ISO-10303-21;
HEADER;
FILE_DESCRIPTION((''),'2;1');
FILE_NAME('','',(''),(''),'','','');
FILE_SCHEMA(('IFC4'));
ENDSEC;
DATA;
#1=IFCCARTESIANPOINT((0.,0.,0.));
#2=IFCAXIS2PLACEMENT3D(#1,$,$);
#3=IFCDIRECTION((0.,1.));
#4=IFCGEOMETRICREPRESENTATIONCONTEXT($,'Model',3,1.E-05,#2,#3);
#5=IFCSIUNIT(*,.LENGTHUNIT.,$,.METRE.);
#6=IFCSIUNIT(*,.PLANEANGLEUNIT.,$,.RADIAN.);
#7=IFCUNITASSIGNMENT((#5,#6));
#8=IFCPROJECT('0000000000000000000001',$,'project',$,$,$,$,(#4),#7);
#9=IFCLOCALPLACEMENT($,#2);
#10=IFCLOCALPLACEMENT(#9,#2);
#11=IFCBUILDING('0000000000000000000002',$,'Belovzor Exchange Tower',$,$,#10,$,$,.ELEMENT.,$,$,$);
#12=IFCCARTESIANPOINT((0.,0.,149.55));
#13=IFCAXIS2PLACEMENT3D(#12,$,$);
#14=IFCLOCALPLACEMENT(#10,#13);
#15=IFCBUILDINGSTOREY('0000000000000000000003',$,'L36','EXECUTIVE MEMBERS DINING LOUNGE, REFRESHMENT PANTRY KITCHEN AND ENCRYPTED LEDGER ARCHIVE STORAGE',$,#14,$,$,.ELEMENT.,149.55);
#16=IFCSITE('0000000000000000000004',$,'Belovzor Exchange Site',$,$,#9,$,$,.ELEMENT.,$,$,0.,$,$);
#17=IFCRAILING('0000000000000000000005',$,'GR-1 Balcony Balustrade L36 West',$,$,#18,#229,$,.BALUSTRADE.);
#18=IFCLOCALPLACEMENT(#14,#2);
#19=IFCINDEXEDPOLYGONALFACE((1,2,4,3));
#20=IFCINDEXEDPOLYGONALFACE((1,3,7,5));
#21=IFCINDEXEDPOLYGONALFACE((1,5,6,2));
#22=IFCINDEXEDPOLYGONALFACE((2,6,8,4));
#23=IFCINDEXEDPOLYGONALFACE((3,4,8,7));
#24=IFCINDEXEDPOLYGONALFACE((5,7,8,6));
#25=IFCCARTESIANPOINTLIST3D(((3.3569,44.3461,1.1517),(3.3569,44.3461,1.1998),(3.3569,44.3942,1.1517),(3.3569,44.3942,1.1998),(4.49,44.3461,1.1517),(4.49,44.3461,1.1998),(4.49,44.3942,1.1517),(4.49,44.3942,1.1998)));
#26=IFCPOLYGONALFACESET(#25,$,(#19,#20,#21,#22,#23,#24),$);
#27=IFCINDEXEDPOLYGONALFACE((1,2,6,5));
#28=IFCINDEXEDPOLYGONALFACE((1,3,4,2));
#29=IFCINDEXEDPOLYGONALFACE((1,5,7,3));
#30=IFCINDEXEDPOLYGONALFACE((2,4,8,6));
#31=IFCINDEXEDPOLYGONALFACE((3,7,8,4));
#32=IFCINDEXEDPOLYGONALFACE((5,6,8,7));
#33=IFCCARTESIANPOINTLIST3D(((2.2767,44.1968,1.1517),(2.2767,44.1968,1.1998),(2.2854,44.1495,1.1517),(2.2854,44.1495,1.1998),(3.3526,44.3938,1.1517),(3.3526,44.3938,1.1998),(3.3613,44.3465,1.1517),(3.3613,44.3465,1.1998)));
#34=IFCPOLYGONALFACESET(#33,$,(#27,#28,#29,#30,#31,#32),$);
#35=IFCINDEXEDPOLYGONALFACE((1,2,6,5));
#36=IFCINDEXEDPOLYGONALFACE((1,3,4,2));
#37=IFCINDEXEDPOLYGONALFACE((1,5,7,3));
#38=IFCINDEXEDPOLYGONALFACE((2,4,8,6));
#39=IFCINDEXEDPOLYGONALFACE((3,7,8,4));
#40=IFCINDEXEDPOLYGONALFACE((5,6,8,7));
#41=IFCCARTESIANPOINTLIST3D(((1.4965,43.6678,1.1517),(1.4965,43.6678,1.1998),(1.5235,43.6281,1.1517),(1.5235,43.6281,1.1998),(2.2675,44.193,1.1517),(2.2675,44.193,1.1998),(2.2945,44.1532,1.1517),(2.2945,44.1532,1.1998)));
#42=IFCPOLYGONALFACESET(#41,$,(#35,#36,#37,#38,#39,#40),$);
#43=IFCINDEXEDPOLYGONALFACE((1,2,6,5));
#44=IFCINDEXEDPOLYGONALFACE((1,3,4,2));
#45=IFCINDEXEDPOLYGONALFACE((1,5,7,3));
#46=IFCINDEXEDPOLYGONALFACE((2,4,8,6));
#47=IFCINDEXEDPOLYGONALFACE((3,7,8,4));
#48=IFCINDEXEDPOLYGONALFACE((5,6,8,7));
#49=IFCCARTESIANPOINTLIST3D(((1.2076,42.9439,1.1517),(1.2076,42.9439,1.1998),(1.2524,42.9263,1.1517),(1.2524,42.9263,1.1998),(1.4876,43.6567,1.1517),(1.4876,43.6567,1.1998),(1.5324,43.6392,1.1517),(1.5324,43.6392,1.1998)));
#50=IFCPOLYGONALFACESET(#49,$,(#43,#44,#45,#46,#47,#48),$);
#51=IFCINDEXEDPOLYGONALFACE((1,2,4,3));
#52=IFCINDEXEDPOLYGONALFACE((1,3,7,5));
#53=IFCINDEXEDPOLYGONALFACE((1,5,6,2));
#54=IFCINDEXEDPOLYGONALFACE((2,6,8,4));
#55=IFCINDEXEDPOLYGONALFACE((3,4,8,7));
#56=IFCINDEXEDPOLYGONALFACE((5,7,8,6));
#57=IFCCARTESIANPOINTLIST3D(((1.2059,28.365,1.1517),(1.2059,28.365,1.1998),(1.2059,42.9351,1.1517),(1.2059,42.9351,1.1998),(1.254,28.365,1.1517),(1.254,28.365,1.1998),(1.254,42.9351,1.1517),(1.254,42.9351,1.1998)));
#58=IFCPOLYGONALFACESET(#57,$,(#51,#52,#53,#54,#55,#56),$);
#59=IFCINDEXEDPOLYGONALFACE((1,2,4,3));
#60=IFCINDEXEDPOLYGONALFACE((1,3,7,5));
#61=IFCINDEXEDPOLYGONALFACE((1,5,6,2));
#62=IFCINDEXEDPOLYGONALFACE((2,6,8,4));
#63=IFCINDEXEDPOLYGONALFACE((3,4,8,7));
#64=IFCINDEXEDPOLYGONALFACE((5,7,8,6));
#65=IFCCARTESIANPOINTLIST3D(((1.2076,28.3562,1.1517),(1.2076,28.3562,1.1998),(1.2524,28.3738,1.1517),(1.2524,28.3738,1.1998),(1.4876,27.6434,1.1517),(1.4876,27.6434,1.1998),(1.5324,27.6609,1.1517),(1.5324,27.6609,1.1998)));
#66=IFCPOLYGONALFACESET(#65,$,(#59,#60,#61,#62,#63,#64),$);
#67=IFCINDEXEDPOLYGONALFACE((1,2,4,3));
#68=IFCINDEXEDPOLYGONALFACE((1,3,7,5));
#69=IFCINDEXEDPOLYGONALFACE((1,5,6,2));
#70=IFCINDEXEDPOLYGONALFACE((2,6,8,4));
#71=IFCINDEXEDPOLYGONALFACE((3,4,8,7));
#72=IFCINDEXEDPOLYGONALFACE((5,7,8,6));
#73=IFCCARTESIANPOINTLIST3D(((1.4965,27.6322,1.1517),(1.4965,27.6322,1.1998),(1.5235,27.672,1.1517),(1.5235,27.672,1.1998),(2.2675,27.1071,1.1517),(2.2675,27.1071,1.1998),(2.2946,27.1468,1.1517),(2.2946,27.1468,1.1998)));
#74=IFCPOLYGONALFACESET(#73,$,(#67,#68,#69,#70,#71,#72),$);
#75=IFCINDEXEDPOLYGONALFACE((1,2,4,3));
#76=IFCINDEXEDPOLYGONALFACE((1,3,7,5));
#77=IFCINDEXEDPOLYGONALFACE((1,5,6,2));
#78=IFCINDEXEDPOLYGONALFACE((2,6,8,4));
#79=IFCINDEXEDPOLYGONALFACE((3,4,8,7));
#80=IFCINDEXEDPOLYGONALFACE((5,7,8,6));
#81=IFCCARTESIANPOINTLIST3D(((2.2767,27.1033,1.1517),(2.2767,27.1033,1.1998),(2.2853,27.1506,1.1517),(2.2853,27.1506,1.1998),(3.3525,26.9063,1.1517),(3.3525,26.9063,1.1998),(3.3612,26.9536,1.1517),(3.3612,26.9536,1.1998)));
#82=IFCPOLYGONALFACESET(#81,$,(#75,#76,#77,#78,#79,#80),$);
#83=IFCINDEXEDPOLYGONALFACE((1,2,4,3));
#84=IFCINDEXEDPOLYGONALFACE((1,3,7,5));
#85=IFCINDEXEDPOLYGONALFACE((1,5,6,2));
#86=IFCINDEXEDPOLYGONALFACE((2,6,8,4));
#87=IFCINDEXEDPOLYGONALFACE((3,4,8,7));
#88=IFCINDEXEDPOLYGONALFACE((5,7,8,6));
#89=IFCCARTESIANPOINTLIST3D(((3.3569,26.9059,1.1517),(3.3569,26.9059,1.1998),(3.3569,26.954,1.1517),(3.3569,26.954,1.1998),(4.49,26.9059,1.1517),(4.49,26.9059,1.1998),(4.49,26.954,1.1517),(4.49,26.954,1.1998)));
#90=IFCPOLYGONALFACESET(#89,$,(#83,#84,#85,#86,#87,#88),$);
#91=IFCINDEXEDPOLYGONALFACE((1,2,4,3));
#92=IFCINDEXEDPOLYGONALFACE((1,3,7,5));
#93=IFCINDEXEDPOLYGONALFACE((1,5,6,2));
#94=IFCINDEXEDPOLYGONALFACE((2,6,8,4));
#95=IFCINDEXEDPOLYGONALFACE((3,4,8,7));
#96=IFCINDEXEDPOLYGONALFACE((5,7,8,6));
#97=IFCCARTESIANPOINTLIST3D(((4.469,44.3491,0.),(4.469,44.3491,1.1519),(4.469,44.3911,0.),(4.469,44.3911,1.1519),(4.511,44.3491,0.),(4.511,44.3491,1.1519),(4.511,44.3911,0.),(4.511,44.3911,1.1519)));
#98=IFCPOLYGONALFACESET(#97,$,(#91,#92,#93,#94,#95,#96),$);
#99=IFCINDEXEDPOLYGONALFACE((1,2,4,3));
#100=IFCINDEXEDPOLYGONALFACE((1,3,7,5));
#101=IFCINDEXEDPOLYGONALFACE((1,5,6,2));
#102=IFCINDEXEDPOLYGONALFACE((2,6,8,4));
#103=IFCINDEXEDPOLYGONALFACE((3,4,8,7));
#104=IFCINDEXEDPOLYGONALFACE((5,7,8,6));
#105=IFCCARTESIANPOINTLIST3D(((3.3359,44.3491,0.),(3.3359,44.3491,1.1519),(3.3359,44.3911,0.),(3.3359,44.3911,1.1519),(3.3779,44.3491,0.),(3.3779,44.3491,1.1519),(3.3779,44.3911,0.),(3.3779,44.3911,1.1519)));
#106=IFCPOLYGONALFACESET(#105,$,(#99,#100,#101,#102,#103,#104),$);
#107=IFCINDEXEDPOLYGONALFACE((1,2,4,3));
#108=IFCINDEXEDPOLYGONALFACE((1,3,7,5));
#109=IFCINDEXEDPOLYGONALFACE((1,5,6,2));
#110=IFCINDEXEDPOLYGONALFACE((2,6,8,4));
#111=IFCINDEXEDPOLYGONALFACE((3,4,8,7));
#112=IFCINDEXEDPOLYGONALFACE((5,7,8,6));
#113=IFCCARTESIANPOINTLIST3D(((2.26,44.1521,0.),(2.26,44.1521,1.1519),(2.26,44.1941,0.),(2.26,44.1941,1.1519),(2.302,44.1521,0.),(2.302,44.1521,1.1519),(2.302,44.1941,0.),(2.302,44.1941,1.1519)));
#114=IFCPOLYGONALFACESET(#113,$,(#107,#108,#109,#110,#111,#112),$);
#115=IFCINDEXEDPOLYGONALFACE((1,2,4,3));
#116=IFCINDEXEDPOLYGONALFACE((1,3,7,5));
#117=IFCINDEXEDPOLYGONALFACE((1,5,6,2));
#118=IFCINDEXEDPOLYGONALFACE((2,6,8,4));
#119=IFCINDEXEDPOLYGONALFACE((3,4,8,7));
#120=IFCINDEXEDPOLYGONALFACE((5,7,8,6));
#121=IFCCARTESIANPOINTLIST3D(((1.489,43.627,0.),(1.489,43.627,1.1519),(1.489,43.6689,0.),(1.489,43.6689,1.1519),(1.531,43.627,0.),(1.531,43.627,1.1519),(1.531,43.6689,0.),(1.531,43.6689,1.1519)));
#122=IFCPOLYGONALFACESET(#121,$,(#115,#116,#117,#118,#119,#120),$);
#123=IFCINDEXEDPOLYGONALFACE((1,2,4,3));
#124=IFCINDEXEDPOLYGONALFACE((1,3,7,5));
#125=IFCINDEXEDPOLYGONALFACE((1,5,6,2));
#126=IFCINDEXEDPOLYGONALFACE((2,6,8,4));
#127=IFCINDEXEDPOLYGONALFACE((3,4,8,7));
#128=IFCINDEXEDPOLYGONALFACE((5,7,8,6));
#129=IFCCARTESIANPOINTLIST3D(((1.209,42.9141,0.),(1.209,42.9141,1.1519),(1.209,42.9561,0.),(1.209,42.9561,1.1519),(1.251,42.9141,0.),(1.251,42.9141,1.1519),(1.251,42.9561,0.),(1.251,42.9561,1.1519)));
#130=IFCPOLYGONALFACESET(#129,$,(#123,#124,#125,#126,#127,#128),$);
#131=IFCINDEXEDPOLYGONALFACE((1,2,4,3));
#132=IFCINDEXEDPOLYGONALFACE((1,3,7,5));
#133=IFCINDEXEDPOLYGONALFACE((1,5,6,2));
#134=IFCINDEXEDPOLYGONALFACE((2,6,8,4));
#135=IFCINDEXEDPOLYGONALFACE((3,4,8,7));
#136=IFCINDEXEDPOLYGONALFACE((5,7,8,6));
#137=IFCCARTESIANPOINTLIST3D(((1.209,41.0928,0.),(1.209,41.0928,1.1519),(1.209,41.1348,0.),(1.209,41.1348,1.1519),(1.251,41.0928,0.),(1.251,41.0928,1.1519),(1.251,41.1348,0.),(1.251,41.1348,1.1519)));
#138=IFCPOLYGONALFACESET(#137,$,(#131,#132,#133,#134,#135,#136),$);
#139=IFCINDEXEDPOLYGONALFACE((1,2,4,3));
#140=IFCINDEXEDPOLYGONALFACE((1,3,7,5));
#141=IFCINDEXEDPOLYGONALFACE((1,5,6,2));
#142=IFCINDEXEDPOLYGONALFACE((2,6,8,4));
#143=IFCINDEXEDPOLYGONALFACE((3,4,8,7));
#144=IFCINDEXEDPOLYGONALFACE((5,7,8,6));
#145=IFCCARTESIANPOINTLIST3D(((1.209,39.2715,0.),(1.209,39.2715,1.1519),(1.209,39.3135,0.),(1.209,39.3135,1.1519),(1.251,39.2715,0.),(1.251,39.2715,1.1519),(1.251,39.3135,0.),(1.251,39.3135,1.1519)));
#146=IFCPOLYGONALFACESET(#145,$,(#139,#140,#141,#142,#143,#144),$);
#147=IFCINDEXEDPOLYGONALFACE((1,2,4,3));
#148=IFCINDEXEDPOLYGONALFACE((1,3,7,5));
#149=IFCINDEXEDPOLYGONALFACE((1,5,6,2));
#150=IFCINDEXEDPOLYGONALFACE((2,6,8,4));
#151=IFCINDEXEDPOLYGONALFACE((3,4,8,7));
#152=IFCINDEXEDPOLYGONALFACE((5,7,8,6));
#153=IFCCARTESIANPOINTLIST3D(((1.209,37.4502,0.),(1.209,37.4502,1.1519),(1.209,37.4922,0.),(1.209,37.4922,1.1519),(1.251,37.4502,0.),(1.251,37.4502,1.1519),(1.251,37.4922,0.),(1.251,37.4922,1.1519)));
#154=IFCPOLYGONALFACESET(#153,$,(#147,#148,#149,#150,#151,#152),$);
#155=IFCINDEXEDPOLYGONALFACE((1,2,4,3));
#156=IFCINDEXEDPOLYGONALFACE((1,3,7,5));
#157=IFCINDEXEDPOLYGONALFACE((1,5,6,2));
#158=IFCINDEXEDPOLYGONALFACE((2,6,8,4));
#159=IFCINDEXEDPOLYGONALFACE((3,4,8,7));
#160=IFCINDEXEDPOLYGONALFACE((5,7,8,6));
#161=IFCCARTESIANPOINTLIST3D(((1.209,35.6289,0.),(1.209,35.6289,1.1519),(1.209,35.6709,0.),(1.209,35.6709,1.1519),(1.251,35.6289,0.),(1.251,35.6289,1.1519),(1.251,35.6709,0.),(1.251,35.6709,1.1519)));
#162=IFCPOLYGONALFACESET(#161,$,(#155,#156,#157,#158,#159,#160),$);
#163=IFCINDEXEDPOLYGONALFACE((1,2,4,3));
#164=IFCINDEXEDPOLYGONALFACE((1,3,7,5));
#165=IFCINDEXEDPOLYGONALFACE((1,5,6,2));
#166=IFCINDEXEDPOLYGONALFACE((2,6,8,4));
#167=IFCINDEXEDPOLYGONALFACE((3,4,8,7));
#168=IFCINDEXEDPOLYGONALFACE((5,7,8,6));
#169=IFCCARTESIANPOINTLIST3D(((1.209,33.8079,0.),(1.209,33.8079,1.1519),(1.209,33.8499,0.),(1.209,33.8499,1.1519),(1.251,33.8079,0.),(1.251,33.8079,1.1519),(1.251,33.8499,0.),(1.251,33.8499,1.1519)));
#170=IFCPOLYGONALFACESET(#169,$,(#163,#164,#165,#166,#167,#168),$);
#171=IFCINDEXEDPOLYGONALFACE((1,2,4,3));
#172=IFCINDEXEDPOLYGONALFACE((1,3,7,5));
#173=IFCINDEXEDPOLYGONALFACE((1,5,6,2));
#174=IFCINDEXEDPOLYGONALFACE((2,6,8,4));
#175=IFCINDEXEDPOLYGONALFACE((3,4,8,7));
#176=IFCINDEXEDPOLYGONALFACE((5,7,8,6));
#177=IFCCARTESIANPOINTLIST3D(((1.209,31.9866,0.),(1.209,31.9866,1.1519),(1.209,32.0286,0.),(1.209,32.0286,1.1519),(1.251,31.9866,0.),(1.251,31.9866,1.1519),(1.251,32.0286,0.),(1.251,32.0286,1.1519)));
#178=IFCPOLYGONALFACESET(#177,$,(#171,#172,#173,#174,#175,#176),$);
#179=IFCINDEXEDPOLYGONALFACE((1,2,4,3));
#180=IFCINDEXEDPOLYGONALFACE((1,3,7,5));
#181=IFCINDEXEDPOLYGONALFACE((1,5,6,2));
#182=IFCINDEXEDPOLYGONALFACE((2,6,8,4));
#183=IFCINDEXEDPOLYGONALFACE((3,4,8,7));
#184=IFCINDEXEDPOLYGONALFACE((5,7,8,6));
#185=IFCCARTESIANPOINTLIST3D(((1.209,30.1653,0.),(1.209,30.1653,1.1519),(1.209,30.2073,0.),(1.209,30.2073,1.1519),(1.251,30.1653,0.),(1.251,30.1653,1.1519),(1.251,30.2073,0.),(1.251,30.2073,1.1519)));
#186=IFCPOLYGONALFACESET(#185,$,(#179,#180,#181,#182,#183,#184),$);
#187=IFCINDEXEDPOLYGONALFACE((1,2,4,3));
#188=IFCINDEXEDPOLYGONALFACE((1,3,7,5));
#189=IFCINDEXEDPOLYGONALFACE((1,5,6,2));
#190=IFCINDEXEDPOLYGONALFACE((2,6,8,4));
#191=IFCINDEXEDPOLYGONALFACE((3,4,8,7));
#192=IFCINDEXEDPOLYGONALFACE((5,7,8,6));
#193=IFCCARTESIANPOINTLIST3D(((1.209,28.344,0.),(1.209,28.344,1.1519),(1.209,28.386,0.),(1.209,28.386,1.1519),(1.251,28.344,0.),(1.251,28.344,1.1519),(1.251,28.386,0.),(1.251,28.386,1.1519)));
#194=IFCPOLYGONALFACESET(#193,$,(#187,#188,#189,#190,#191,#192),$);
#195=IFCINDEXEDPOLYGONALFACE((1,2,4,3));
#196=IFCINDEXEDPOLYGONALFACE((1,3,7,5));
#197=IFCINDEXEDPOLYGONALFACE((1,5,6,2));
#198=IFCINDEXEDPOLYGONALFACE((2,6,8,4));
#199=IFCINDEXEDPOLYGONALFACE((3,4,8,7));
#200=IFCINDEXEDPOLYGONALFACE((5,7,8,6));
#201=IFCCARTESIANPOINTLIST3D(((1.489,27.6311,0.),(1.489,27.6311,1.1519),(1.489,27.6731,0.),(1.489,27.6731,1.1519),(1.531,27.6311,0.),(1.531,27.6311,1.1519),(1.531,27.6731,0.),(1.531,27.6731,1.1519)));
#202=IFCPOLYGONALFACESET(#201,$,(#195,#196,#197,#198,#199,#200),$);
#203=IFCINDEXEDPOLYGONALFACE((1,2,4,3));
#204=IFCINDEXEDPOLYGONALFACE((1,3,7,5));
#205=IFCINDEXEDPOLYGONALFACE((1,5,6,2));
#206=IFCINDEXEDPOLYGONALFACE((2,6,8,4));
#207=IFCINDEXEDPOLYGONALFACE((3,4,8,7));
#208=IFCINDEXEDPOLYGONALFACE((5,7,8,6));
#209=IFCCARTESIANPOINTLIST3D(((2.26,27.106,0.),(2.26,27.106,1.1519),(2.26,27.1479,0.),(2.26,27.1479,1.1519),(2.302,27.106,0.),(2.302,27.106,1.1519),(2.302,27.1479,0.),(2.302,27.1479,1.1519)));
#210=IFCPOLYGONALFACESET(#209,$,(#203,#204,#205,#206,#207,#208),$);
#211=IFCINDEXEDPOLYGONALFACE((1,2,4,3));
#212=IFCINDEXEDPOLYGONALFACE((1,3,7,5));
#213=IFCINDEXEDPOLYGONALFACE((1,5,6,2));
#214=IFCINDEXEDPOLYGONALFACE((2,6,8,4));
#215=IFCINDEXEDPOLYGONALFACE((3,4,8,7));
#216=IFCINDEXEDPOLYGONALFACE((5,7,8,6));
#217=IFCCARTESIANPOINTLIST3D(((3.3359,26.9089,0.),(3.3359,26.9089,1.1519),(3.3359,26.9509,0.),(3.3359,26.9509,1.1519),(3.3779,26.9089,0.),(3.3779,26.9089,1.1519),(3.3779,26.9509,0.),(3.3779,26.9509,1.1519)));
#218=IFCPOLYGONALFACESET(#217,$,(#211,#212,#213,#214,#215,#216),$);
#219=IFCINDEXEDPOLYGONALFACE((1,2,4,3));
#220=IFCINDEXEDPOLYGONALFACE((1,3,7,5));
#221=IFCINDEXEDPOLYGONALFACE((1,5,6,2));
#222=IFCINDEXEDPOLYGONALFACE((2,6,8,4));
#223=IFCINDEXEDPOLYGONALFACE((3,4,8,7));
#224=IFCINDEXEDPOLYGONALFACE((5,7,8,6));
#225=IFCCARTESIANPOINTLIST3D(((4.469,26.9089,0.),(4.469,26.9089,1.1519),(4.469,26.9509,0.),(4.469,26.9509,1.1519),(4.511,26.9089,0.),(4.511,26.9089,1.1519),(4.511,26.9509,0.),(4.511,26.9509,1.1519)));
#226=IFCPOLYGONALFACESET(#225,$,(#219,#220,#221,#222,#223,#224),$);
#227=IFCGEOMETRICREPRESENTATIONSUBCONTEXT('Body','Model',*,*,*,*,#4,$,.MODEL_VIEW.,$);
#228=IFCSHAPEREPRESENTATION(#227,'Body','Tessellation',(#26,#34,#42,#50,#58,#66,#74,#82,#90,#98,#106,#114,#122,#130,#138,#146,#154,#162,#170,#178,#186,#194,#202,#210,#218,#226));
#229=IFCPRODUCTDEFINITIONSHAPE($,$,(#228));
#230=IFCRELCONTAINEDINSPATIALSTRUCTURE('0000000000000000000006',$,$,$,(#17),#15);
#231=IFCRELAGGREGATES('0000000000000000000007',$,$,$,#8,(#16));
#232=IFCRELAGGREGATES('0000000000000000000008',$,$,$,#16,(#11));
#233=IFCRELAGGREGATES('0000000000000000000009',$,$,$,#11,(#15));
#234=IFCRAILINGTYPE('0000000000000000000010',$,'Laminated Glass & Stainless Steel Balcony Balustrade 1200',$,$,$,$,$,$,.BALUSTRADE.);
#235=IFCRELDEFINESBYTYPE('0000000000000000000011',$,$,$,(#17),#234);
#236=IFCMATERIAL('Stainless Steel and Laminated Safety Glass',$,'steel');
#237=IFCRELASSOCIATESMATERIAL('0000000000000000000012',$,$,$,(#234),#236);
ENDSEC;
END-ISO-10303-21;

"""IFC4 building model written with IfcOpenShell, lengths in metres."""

from ifc_helpers import new_model, si_unit, direction, frame, origin, origin_2d, place, context, subcontext, project, spatial, rectangle, extrude, material, type_object, element, save


model = new_model("IFC4")

# Units and contexts
model_context = context("Model", 3, precision=1e-05, world=origin(), true_north=direction((0.0, 1.0)))
body_context = subcontext(model_context, "Body", "Model", "MODEL_VIEW")
ifc_project = project(units=[si_unit("LENGTHUNIT", "METRE"), si_unit("PLANEANGLEUNIT", "RADIAN")], contexts=[model_context])

# Site, building, storey
site_placement = place(None, origin())
site = spatial("IfcSite", under=ifc_project, at=site_placement, Name="Belovzor Exchange Site", CompositionType="ELEMENT", RefElevation=0.0)
building_placement = place(site_placement, origin())
building = spatial("IfcBuilding", under=site, at=building_placement, Name="Belovzor Exchange Tower", CompositionType="ELEMENT")
storey_placement = place(building_placement, frame((0.0, 0.0, 149.55)))
storey = spatial("IfcBuildingStorey", under=building, at=storey_placement, Name="L36", Description="EXECUTIVE MEMBERS DINING LOUNGE, REFRESHMENT PANTRY KITCHEN AND ENCRYPTED LEDGER ARCHIVE STORAGE", CompositionType="ELEMENT", Elevation=149.55)

# Railing
ifc_material_1 = material(Name="Stainless Steel and Laminated Safety Glass", Category="steel")
railing_type = type_object("IfcRailingType", Name="Laminated Glass & Stainless Steel Balcony Balustrade 1200", PredefinedType="BALUSTRADE", material=ifc_material_1)
railing_placement = place(storey_placement, frame((4.49, 44.3701, 0.0)))
element("IfcRailing", 1, at=railing_placement, inside=storey, type_object=railing_type, Name="GR-1 Balcony Balustrade L36 West", PredefinedType="BALUSTRADE", context=body_context, shape_type="SweptSolid", body=[
    extrude(rectangle(XDim=0.0481, YDim=0.0481, at=origin_2d()), frame((0.0, 0.0, 1.1758), z_axis=(-1.0, 0.0, 0.0), x_axis=(0.0, -1.0, 0.0)), (0.0, 0.0, 1.0), 1.1331),
    extrude(rectangle(XDim=0.0481, YDim=0.0481, at=origin_2d()), frame((-1.1331, 0.0, 1.1758), z_axis=(-0.983644, -0.180123, 0.0), x_axis=(0.180123, -0.983644, 0.0)), (0.0, 0.0, 1.0), 1.0938),
    extrude(rectangle(XDim=0.0481, YDim=0.0481, at=origin_2d()), frame((-2.209, -0.197, 1.1758), z_axis=(-0.826493, -0.562947, 0.0), x_axis=(0.562947, -0.826493, 0.0)), (0.0, 0.0, 1.0), 0.9329),
    extrude(rectangle(XDim=0.0481, YDim=0.0481, at=origin_2d()), frame((-2.98, -0.7222, 1.1758), z_axis=(-0.365613, -0.930767, 0.0), x_axis=(0.930767, -0.365613, 0.0)), (0.0, 0.0, 1.0), 0.7659),
    extrude(rectangle(XDim=0.0481, YDim=0.0481, at=origin_2d()), frame((-3.26, -1.4351, 1.1758), z_axis=(0.0, -1.0, 0.0), x_axis=(1.0, 0.0, 0.0)), (0.0, 0.0, 1.0), 14.5701),
    extrude(rectangle(XDim=0.0481, YDim=0.0481, at=origin_2d()), frame((-3.26, -16.0051, 1.1758), z_axis=(0.365613, -0.930767, 0.0), x_axis=(0.930767, 0.365613, 0.0)), (0.0, 0.0, 1.0), 0.7659),
    extrude(rectangle(XDim=0.0481, YDim=0.0481, at=origin_2d()), frame((-2.98, -16.718, 1.1758), z_axis=(0.826493, -0.562947, 0.0), x_axis=(0.562947, 0.826493, 0.0)), (0.0, 0.0, 1.0), 0.9329),
    extrude(rectangle(XDim=0.0481, YDim=0.0481, at=origin_2d()), frame((-2.209, -17.2432, 1.1758), z_axis=(0.983644, -0.180123, 0.0), x_axis=(0.180123, 0.983644, 0.0)), (0.0, 0.0, 1.0), 1.0938),
    extrude(rectangle(XDim=0.0481, YDim=0.0481, at=origin_2d()), frame((-1.1331, -17.4402, 1.1758), z_axis=(1.0, 0.0, 0.0), x_axis=(0.0, 1.0, 0.0)), (0.0, 0.0, 1.0), 1.1331),
    extrude(rectangle(XDim=0.042, YDim=0.042, at=origin_2d()), origin(), (0.0, 0.0, 1.0), 1.1519),
    extrude(rectangle(XDim=0.042, YDim=0.042, at=origin_2d()), frame((-1.1331, 0.0, 0.0)), (0.0, 0.0, 1.0), 1.1519),
    extrude(rectangle(XDim=0.042, YDim=0.042, at=origin_2d()), frame((-2.209, -0.197, 0.0)), (0.0, 0.0, 1.0), 1.1519),
    extrude(rectangle(XDim=0.042, YDim=0.042, at=origin_2d()), frame((-2.98, -0.7222, 0.0)), (0.0, 0.0, 1.0), 1.1519),
    extrude(rectangle(XDim=0.042, YDim=0.042, at=origin_2d()), frame((-3.26, -1.4351, 0.0)), (0.0, 0.0, 1.0), 1.1519),
    extrude(rectangle(XDim=0.042, YDim=0.042, at=origin_2d()), frame((-3.26, -3.2563, 0.0)), (0.0, 0.0, 1.0), 1.1519),
    extrude(rectangle(XDim=0.042, YDim=0.042, at=origin_2d()), frame((-3.26, -5.0776, 0.0)), (0.0, 0.0, 1.0), 1.1519),
    extrude(rectangle(XDim=0.042, YDim=0.042, at=origin_2d()), frame((-3.26, -6.8989, 0.0)), (0.0, 0.0, 1.0), 1.1519),
    extrude(rectangle(XDim=0.042, YDim=0.042, at=origin_2d()), frame((-3.26, -8.7202, 0.0)), (0.0, 0.0, 1.0), 1.1519),
    extrude(rectangle(XDim=0.042, YDim=0.042, at=origin_2d()), frame((-3.26, -10.5413, 0.0)), (0.0, 0.0, 1.0), 1.1519),
    extrude(rectangle(XDim=0.042, YDim=0.042, at=origin_2d()), frame((-3.26, -12.3625, 0.0)), (0.0, 0.0, 1.0), 1.1519),
    extrude(rectangle(XDim=0.042, YDim=0.042, at=origin_2d()), frame((-3.26, -14.1838, 0.0)), (0.0, 0.0, 1.0), 1.1519),
    extrude(rectangle(XDim=0.042, YDim=0.042, at=origin_2d()), frame((-3.26, -16.0051, 0.0)), (0.0, 0.0, 1.0), 1.1519),
    extrude(rectangle(XDim=0.042, YDim=0.042, at=origin_2d()), frame((-2.98, -16.718, 0.0)), (0.0, 0.0, 1.0), 1.1519),
    extrude(rectangle(XDim=0.042, YDim=0.042, at=origin_2d()), frame((-2.209, -17.2432, 0.0)), (0.0, 0.0, 1.0), 1.1519),
    extrude(rectangle(XDim=0.042, YDim=0.042, at=origin_2d()), frame((-1.1331, -17.4402, 0.0)), (0.0, 0.0, 1.0), 1.1519),
    extrude(rectangle(XDim=0.042, YDim=0.042, at=origin_2d()), frame((0.0, -17.4402, 0.0)), (0.0, 0.0, 1.0), 1.1519),
])

save(model, "model.ifc")
